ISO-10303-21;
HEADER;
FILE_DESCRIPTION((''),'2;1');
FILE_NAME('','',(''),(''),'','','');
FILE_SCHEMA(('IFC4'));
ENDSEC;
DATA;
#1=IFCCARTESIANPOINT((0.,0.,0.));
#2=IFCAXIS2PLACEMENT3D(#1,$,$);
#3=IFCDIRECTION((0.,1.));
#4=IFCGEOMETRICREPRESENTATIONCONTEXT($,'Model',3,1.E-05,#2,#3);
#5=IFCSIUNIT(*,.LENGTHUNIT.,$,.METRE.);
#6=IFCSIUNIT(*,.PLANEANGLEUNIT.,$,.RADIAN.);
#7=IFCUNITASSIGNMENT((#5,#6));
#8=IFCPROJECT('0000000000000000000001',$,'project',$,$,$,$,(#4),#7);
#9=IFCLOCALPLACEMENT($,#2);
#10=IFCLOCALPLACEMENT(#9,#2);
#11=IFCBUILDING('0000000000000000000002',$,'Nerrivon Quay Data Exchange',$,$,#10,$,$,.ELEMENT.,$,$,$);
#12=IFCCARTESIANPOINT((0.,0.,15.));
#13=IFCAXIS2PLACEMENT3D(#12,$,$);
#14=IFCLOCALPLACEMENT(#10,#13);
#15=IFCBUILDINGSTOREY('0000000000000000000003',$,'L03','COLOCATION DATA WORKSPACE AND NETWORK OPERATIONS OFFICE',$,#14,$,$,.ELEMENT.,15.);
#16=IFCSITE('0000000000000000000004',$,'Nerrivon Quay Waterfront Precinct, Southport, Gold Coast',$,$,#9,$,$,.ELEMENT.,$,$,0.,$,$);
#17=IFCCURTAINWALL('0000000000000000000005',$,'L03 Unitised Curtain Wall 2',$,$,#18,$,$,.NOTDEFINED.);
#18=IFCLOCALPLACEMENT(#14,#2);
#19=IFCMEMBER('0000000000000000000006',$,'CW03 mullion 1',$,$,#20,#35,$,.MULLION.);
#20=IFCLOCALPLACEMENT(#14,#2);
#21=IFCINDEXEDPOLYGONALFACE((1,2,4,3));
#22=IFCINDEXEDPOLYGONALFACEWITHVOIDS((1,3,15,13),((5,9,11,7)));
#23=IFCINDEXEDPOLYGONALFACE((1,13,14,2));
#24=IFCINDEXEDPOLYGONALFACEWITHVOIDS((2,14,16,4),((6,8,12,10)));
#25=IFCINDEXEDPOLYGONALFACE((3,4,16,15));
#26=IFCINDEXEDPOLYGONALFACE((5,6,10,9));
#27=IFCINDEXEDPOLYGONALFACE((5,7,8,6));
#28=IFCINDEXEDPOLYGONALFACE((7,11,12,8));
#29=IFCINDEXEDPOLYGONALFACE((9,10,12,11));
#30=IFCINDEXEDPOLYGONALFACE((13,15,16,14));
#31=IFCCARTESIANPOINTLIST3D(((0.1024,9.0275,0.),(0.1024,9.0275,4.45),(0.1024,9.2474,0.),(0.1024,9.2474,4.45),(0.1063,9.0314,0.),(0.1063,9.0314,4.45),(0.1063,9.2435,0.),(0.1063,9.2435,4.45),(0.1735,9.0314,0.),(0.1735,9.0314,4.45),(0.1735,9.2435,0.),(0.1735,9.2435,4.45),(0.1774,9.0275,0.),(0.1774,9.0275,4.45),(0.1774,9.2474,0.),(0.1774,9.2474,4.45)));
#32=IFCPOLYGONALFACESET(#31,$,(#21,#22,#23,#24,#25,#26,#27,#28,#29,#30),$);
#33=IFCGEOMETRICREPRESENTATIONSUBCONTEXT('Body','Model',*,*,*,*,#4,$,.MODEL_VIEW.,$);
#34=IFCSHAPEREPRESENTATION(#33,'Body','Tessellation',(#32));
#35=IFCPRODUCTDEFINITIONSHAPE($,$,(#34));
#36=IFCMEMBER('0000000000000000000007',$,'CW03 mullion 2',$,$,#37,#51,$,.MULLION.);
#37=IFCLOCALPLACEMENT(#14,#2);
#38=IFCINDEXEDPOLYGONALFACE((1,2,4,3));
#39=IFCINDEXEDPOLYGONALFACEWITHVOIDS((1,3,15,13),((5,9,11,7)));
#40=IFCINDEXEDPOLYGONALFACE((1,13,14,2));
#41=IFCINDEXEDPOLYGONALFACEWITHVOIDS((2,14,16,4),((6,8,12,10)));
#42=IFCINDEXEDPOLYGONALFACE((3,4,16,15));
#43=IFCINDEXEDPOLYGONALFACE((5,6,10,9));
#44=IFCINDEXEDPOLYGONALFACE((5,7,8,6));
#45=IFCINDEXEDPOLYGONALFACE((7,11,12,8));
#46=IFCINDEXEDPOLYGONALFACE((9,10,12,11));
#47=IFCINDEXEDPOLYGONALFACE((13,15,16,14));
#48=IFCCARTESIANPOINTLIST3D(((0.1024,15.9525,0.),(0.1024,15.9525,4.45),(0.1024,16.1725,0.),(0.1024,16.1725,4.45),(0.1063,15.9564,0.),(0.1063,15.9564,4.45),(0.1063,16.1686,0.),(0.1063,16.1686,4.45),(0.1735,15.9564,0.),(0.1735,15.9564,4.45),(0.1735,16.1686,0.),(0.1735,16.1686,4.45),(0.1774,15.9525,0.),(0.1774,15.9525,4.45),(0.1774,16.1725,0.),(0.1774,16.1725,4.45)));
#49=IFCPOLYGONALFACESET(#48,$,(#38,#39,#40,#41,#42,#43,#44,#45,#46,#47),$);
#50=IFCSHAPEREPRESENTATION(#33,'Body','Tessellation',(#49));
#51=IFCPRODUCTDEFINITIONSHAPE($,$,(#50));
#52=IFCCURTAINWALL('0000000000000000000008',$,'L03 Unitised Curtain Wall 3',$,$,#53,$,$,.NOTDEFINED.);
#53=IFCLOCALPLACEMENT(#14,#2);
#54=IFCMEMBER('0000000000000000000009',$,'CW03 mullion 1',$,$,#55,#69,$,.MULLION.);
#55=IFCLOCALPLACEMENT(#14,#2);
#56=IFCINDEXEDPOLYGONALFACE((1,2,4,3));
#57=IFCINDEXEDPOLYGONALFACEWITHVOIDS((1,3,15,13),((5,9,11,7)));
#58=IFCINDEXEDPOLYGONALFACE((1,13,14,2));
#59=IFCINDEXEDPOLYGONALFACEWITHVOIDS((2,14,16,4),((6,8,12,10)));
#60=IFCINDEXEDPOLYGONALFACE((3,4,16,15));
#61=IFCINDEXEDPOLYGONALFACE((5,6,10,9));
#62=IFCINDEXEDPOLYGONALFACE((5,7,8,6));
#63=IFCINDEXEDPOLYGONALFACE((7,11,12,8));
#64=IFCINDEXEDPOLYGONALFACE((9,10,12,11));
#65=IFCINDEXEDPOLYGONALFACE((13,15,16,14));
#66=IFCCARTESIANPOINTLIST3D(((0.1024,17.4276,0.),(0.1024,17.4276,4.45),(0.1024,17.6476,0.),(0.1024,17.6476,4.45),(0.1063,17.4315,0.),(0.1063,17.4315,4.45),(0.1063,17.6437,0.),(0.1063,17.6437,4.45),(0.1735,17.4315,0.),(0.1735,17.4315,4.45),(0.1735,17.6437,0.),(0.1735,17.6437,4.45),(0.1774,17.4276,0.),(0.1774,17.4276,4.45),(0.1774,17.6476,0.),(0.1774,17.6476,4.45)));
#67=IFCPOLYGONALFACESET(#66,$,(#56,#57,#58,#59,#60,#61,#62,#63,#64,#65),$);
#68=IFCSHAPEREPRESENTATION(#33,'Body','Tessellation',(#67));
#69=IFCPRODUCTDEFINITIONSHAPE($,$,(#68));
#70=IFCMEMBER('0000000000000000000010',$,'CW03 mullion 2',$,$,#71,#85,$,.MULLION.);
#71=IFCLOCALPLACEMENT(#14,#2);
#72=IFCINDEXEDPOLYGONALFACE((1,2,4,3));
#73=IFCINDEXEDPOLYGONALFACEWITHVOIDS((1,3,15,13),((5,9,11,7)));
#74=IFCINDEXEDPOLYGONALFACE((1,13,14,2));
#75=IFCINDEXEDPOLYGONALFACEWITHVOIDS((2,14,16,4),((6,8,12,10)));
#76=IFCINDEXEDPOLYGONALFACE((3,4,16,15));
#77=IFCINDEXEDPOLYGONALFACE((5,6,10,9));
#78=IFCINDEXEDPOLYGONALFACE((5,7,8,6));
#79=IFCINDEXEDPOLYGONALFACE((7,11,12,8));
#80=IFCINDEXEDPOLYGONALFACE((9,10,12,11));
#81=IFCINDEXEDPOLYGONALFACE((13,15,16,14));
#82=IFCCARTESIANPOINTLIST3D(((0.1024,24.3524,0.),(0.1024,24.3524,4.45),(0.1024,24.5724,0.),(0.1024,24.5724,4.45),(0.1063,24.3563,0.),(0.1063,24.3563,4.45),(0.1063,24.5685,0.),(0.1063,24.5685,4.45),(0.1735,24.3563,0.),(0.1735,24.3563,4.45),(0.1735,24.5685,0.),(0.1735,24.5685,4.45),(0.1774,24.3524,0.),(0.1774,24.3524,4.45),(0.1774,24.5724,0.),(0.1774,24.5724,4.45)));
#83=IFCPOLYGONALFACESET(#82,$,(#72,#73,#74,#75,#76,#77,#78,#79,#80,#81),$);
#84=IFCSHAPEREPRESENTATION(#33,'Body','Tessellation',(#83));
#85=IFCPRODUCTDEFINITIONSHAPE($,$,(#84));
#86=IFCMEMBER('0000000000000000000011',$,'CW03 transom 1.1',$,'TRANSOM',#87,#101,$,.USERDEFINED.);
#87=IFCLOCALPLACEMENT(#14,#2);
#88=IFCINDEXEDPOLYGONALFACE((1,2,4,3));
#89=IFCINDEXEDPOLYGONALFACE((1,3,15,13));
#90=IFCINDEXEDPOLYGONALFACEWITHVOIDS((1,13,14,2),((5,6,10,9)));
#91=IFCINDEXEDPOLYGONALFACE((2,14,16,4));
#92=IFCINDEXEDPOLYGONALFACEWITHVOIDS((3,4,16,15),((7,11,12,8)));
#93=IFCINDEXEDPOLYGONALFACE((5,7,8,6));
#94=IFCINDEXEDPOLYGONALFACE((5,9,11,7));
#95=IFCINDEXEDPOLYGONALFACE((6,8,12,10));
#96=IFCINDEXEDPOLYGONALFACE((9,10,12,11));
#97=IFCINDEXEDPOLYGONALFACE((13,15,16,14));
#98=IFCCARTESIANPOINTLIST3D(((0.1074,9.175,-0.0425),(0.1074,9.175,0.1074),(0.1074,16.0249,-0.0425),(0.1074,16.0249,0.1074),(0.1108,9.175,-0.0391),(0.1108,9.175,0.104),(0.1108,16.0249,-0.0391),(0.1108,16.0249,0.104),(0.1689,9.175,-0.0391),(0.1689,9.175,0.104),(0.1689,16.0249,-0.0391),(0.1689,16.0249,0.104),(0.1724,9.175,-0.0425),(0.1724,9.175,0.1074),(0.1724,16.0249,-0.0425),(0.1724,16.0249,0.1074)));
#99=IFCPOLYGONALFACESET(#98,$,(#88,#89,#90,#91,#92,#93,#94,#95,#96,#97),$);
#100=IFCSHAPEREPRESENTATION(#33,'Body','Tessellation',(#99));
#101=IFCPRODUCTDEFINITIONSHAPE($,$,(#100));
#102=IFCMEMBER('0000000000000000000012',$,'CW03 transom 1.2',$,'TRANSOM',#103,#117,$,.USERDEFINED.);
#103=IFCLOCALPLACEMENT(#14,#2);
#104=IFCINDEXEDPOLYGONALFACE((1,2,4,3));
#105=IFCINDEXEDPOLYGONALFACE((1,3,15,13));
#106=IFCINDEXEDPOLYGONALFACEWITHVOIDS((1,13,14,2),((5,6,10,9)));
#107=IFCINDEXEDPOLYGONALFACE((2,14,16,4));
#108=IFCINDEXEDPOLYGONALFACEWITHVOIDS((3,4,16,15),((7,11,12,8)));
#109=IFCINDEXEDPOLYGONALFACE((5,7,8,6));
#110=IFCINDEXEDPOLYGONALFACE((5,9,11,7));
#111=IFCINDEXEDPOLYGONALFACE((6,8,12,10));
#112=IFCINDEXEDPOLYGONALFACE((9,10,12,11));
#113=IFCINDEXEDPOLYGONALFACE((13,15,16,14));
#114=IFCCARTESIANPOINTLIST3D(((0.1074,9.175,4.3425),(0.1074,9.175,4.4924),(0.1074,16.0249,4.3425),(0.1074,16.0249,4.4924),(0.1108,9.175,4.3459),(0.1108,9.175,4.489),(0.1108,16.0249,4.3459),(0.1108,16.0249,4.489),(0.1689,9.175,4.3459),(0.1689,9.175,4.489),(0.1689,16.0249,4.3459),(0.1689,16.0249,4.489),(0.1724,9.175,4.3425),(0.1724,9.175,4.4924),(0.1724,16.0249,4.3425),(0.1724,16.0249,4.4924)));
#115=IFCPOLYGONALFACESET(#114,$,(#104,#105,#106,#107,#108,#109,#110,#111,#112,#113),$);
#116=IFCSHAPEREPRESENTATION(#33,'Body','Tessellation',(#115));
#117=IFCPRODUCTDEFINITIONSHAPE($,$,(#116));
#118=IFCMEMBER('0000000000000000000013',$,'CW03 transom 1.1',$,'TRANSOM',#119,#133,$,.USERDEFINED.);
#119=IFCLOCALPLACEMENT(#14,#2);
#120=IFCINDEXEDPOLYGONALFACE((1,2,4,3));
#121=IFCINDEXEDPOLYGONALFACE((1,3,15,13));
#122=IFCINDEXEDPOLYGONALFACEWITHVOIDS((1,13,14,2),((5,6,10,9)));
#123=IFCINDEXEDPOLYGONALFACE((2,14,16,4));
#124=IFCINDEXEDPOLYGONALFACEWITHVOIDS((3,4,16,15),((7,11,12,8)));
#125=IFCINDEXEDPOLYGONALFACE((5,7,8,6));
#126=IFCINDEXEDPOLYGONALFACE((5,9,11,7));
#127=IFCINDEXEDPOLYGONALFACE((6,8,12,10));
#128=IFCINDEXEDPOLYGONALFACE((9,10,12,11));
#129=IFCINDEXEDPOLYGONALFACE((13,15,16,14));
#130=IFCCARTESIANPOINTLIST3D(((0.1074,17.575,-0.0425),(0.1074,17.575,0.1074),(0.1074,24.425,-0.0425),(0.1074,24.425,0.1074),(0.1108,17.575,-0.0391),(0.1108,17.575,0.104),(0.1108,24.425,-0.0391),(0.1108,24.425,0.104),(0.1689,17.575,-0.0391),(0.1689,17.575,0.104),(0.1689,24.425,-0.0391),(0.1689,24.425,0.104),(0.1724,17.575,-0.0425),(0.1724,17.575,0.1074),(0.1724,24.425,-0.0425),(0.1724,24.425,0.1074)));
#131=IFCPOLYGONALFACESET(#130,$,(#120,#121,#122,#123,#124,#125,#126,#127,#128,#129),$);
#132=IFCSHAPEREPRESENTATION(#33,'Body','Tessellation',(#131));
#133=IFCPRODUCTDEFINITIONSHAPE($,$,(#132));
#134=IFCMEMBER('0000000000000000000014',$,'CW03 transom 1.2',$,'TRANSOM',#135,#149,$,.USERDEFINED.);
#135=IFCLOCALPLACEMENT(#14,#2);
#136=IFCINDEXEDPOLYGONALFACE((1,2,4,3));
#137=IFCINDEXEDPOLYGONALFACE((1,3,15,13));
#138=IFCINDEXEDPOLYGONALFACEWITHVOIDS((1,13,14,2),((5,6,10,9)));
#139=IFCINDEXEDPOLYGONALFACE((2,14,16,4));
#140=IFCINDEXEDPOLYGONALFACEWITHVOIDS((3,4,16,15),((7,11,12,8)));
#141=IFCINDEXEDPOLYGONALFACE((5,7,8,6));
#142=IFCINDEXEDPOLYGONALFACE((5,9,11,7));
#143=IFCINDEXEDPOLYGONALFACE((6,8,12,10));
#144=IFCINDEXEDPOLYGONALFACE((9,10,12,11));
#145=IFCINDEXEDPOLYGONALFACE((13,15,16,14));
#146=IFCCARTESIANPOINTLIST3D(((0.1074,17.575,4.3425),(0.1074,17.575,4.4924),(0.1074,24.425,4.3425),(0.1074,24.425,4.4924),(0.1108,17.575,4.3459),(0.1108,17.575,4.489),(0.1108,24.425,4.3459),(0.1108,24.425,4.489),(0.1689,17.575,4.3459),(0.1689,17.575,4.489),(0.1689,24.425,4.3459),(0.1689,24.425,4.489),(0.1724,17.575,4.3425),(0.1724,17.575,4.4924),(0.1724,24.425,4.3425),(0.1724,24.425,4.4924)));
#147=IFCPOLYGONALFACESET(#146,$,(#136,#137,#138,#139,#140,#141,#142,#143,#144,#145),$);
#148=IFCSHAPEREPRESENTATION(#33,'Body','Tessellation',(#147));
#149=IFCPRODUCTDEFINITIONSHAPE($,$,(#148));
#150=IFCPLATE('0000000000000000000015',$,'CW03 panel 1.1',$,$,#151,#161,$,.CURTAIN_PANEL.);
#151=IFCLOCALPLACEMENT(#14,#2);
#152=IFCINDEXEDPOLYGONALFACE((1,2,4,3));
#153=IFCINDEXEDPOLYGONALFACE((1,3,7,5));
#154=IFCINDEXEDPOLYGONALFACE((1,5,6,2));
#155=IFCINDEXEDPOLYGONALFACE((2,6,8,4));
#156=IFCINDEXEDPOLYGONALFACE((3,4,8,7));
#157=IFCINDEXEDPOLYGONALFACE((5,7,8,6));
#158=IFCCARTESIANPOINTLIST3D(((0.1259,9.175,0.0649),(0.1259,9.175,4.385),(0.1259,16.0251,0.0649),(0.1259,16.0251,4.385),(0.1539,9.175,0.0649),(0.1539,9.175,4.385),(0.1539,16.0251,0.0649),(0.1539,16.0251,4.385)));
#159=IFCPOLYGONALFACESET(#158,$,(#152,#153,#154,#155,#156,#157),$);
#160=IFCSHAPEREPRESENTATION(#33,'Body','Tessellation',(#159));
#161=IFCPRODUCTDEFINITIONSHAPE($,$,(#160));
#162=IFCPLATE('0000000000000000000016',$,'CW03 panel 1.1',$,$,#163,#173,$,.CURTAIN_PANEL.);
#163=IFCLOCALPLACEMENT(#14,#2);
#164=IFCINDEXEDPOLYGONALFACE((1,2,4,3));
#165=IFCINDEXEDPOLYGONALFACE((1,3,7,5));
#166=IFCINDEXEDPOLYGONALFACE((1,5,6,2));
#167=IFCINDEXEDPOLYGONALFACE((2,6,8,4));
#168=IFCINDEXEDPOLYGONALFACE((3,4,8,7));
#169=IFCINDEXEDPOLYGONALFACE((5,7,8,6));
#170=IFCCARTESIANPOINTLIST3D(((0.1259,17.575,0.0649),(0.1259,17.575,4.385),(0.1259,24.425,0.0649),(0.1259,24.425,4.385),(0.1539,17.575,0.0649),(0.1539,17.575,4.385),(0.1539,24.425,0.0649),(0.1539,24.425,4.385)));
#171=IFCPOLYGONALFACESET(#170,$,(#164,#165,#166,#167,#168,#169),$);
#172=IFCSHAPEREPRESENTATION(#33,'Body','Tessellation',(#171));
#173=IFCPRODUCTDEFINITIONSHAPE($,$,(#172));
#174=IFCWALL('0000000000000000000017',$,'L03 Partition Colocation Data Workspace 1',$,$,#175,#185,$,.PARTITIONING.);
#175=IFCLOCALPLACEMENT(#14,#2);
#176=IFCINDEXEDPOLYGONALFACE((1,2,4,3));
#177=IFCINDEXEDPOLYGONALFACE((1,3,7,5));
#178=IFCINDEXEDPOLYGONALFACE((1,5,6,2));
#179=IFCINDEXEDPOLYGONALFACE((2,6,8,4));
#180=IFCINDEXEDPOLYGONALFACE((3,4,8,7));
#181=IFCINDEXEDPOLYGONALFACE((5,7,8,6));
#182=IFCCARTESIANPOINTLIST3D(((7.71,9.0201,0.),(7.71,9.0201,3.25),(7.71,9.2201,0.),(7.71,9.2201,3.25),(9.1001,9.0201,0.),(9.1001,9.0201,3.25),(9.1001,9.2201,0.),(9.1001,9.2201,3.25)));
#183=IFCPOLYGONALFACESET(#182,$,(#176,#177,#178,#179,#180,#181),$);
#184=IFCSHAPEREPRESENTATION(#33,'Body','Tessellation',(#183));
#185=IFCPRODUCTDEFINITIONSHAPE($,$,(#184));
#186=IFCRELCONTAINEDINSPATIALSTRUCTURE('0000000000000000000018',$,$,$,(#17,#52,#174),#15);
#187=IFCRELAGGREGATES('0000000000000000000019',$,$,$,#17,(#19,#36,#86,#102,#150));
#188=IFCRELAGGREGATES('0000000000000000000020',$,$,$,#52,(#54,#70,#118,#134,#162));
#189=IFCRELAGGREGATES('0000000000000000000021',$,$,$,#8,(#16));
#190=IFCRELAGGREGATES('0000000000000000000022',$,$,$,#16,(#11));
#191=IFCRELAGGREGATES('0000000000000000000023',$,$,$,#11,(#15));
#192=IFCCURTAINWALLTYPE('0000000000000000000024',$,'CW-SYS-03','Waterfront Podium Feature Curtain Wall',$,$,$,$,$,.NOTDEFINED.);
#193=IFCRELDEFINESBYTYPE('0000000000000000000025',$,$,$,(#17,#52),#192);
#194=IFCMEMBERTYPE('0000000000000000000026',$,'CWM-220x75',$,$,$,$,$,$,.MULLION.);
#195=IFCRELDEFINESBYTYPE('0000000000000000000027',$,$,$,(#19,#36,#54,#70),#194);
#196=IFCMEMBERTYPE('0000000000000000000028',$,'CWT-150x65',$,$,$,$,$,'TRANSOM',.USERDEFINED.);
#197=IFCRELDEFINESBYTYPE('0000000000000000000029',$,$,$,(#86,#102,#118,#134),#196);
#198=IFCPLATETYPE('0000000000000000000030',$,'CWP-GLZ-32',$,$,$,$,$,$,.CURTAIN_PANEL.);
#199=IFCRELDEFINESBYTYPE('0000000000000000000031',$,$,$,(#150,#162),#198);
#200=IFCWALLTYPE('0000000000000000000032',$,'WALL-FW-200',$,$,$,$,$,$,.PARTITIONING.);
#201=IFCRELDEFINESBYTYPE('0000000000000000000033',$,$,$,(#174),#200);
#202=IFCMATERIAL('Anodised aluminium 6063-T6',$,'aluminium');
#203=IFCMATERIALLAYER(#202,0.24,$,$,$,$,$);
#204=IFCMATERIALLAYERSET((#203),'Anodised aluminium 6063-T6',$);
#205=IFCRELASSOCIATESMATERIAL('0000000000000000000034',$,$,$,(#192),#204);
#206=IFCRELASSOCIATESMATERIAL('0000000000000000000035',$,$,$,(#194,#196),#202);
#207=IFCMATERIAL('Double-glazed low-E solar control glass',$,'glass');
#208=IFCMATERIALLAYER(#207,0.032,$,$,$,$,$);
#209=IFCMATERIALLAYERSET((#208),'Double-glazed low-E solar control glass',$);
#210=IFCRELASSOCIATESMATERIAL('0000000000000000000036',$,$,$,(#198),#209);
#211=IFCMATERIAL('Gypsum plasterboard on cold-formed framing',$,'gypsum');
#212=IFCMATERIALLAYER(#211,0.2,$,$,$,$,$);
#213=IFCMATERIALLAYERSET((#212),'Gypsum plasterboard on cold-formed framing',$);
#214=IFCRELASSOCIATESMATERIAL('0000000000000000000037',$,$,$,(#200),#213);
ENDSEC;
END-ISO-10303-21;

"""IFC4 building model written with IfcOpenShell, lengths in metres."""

from ifc_helpers import new_model, si_unit, direction, frame, frame_2d, origin, origin_2d, place, context, subcontext, project, spatial, rectangle, hollow_rectangle, extrude, material, layer, layer_set, material_profile, profile_set, type_object, element, aggregate, save


model = new_model("IFC4")

# Units and contexts
model_context = context("Model", 3, precision=1e-05, world=origin(), true_north=direction((0.0, 1.0)))
body_context = subcontext(model_context, "Body", "Model", "MODEL_VIEW")
ifc_project = project(units=[si_unit("LENGTHUNIT", "METRE"), si_unit("PLANEANGLEUNIT", "RADIAN")], contexts=[model_context])

# Site, building, storey
site_placement = place(None, origin())
site = spatial("IfcSite", under=ifc_project, at=site_placement, Name="Nerrivon Quay Waterfront Precinct, Southport, Gold Coast", CompositionType="ELEMENT", RefElevation=0.0)
building_placement = place(site_placement, origin())
building = spatial("IfcBuilding", under=site, at=building_placement, Name="Nerrivon Quay Data Exchange", CompositionType="ELEMENT")
storey_placement = place(building_placement, frame((0.0, 0.0, 15.0)))
storey = spatial("IfcBuildingStorey", under=building, at=storey_placement, Name="L03", Description="COLOCATION DATA WORKSPACE AND NETWORK OPERATIONS OFFICE", CompositionType="ELEMENT", Elevation=15.0)

# Curtain walls, members
ifc_material_1 = material(Name="Anodised aluminium 6063-T6", Category="aluminium")
ifc_layer_1 = layer(ifc_material_1, 0.24)
ifc_layer_set_1 = layer_set([ifc_layer_1], Name="Anodised aluminium 6063-T6")
curtain_wall_type = type_object("IfcCurtainWallType", Name="CW-SYS-03", Description="Waterfront Podium Feature Curtain Wall", PredefinedType="NOTDEFINED", material=ifc_layer_set_1)
curtain_wall_1_placement = place(storey_placement, origin())
curtain_wall_1 = element("IfcCurtainWall", 1, at=curtain_wall_1_placement, inside=storey, type_object=curtain_wall_type, Name="L03 Unitised Curtain Wall 2", PredefinedType="NOTDEFINED")
ifc_material_profile_1 = material_profile(ifc_material_1, hollow_rectangle(XDim=0.075, YDim=0.22, WallThickness=0.0039, at=origin_2d()), Name="ALU-MULL-220x75")
ifc_profile_set_1 = profile_set([ifc_material_profile_1], Name="Anodised aluminium 6063-T6")
member_type_1 = type_object("IfcMemberType", Name="CWM-220x75", PredefinedType="MULLION", material=ifc_profile_set_1)
member_1_placement = place(storey_placement, frame((0.1399, 9.1375, 0.0), z_axis=(0.0, 0.0, 1.0), x_axis=(-1.0, 0.0, 0.0)))
member_1 = element("IfcMember", 2, at=member_1_placement, type_object=member_type_1, Name="CW03 mullion 1", PredefinedType="MULLION", context=body_context, shape_type="SweptSolid", body=[
    extrude(hollow_rectangle(XDim=0.075, YDim=0.22, WallThickness=0.0039, at=origin_2d()), origin(), (0.0, 0.0, 1.0), 4.45),
])
member_2_placement = place(storey_placement, frame((0.1399, 16.0625, 0.0), z_axis=(0.0, 0.0, 1.0), x_axis=(-1.0, 0.0, 0.0)))
member_2 = element("IfcMember", 3, at=member_2_placement, type_object=member_type_1, Name="CW03 mullion 2", PredefinedType="MULLION", context=body_context, shape_type="SweptSolid", body=[
    extrude(hollow_rectangle(XDim=0.075, YDim=0.22, WallThickness=0.0039, at=origin_2d()), origin(), (0.0, 0.0, 1.0), 4.45),
])
curtain_wall_2_placement = place(storey_placement, origin())
curtain_wall_2 = element("IfcCurtainWall", 4, at=curtain_wall_2_placement, inside=storey, type_object=curtain_wall_type, Name="L03 Unitised Curtain Wall 3", PredefinedType="NOTDEFINED")
member_3_placement = place(storey_placement, frame((0.1399, 17.5376, 0.0), z_axis=(0.0, 0.0, 1.0), x_axis=(-1.0, 0.0, 0.0)))
member_3 = element("IfcMember", 5, at=member_3_placement, type_object=member_type_1, Name="CW03 mullion 1", PredefinedType="MULLION", context=body_context, shape_type="SweptSolid", body=[
    extrude(hollow_rectangle(XDim=0.075, YDim=0.22, WallThickness=0.0039, at=origin_2d()), origin(), (0.0, 0.0, 1.0), 4.45),
])
member_4_placement = place(storey_placement, frame((0.1399, 24.4624, 0.0), z_axis=(0.0, 0.0, 1.0), x_axis=(-1.0, 0.0, 0.0)))
member_4 = element("IfcMember", 6, at=member_4_placement, type_object=member_type_1, Name="CW03 mullion 2", PredefinedType="MULLION", context=body_context, shape_type="SweptSolid", body=[
    extrude(hollow_rectangle(XDim=0.075, YDim=0.22, WallThickness=0.0039, at=origin_2d()), origin(), (0.0, 0.0, 1.0), 4.45),
])

# Members
ifc_material_profile_2 = material_profile(ifc_material_1, hollow_rectangle(XDim=0.0649, YDim=0.1499, WallThickness=0.0034, at=origin_2d()), Name="ALU-TRAN-150x65")
ifc_profile_set_2 = profile_set([ifc_material_profile_2], Name="Anodised aluminium 6063-T6")
member_type_2 = type_object("IfcMemberType", Name="CWT-150x65", ElementType="TRANSOM", PredefinedType="USERDEFINED", material=ifc_profile_set_2)
member_5_placement = place(storey_placement, frame((0.1399, 9.175, 0.0325), z_axis=(0.0, 1.0, 0.0), x_axis=(-1.0, 0.0, 0.0)))
member_5 = element("IfcMember", 7, at=member_5_placement, type_object=member_type_2, Name="CW03 transom 1.1", ObjectType="TRANSOM", PredefinedType="USERDEFINED", context=body_context, shape_type="SweptSolid", body=[
    extrude(hollow_rectangle(XDim=0.0649, YDim=0.1499, WallThickness=0.0034, at=origin_2d()), origin(), (0.0, 0.0, 1.0), 6.8499),
])
member_6_placement = place(storey_placement, frame((0.1399, 9.175, 4.4175), z_axis=(0.0, 1.0, 0.0), x_axis=(-1.0, 0.0, 0.0)))
member_6 = element("IfcMember", 8, at=member_6_placement, type_object=member_type_2, Name="CW03 transom 1.2", ObjectType="TRANSOM", PredefinedType="USERDEFINED", context=body_context, shape_type="SweptSolid", body=[
    extrude(hollow_rectangle(XDim=0.0649, YDim=0.1499, WallThickness=0.0034, at=origin_2d()), origin(), (0.0, 0.0, 1.0), 6.8499),
])
member_7_placement = place(storey_placement, frame((0.1399, 17.575, 0.0325), z_axis=(0.0, 1.0, 0.0), x_axis=(-1.0, 0.0, 0.0)))
member_7 = element("IfcMember", 9, at=member_7_placement, type_object=member_type_2, Name="CW03 transom 1.1", ObjectType="TRANSOM", PredefinedType="USERDEFINED", context=body_context, shape_type="SweptSolid", body=[
    extrude(hollow_rectangle(XDim=0.0649, YDim=0.1499, WallThickness=0.0034, at=origin_2d()), origin(), (0.0, 0.0, 1.0), 6.8501),
])
member_8_placement = place(storey_placement, frame((0.1399, 17.575, 4.4175), z_axis=(0.0, 1.0, 0.0), x_axis=(-1.0, 0.0, 0.0)))
member_8 = element("IfcMember", 10, at=member_8_placement, type_object=member_type_2, Name="CW03 transom 1.2", ObjectType="TRANSOM", PredefinedType="USERDEFINED", context=body_context, shape_type="SweptSolid", body=[
    extrude(hollow_rectangle(XDim=0.0649, YDim=0.1499, WallThickness=0.0034, at=origin_2d()), origin(), (0.0, 0.0, 1.0), 6.8501),
])

# Plates
ifc_material_2 = material(Name="Double-glazed low-E solar control glass", Category="glass")
ifc_layer_2 = layer(ifc_material_2, 0.032)
ifc_layer_set_2 = layer_set([ifc_layer_2], Name="Double-glazed low-E solar control glass")
plate_type = type_object("IfcPlateType", Name="CWP-GLZ-32", PredefinedType="CURTAIN_PANEL", material=ifc_layer_set_2)
plate_1_placement = place(storey_placement, frame((0.1399, 12.6001, 0.0649), z_axis=(0.0, 0.0, 1.0), x_axis=(0.0, 1.0, 0.0)))
plate_1 = element("IfcPlate", 11, at=plate_1_placement, type_object=plate_type, Name="CW03 panel 1.1", PredefinedType="CURTAIN_PANEL", context=body_context, shape_type="SweptSolid", body=[
    extrude(rectangle(XDim=6.8501, YDim=0.0281, at=origin_2d()), origin(), (0.0, 0.0, 1.0), 4.3201),
])
aggregate(curtain_wall_1, [member_1, member_2, member_5, member_6, plate_1])
plate_2_placement = place(storey_placement, frame((0.1399, 21.0, 0.0649), z_axis=(0.0, 0.0, 1.0), x_axis=(0.0, 1.0, 0.0)))
plate_2 = element("IfcPlate", 12, at=plate_2_placement, type_object=plate_type, Name="CW03 panel 1.1", PredefinedType="CURTAIN_PANEL", context=body_context, shape_type="SweptSolid", body=[
    extrude(rectangle(XDim=6.8501, YDim=0.0281, at=origin_2d()), origin(), (0.0, 0.0, 1.0), 4.3201),
])
aggregate(curtain_wall_2, [member_3, member_4, member_7, member_8, plate_2])

# Wall
ifc_material_3 = material(Name="Gypsum plasterboard on cold-formed framing", Category="gypsum")
ifc_layer_3 = layer(ifc_material_3, 0.2)
ifc_layer_set_3 = layer_set([ifc_layer_3], Name="Gypsum plasterboard on cold-formed framing")
wall_type_1 = type_object("IfcWallType", Name="WALL-FW-200", PredefinedType="PARTITIONING", material=ifc_layer_set_3)
wall_1_placement = place(storey_placement, frame((7.71, 9.1201, 0.0), z_axis=(0.0, 0.0, 1.0), x_axis=(1.0, 0.0, 0.0)))
element("IfcWall", 13, at=wall_1_placement, inside=storey, type_object=wall_type_1, Name="L03 Partition Colocation Data Workspace 1", PredefinedType="PARTITIONING", context=body_context, shape_type="SweptSolid", body=[
    extrude(rectangle(XDim=1.3901, YDim=0.2, at=frame_2d((0.6951, 0.0))), origin(), (0.0, 0.0, 1.0), 3.25),
])

save(model, "model.ifc")
